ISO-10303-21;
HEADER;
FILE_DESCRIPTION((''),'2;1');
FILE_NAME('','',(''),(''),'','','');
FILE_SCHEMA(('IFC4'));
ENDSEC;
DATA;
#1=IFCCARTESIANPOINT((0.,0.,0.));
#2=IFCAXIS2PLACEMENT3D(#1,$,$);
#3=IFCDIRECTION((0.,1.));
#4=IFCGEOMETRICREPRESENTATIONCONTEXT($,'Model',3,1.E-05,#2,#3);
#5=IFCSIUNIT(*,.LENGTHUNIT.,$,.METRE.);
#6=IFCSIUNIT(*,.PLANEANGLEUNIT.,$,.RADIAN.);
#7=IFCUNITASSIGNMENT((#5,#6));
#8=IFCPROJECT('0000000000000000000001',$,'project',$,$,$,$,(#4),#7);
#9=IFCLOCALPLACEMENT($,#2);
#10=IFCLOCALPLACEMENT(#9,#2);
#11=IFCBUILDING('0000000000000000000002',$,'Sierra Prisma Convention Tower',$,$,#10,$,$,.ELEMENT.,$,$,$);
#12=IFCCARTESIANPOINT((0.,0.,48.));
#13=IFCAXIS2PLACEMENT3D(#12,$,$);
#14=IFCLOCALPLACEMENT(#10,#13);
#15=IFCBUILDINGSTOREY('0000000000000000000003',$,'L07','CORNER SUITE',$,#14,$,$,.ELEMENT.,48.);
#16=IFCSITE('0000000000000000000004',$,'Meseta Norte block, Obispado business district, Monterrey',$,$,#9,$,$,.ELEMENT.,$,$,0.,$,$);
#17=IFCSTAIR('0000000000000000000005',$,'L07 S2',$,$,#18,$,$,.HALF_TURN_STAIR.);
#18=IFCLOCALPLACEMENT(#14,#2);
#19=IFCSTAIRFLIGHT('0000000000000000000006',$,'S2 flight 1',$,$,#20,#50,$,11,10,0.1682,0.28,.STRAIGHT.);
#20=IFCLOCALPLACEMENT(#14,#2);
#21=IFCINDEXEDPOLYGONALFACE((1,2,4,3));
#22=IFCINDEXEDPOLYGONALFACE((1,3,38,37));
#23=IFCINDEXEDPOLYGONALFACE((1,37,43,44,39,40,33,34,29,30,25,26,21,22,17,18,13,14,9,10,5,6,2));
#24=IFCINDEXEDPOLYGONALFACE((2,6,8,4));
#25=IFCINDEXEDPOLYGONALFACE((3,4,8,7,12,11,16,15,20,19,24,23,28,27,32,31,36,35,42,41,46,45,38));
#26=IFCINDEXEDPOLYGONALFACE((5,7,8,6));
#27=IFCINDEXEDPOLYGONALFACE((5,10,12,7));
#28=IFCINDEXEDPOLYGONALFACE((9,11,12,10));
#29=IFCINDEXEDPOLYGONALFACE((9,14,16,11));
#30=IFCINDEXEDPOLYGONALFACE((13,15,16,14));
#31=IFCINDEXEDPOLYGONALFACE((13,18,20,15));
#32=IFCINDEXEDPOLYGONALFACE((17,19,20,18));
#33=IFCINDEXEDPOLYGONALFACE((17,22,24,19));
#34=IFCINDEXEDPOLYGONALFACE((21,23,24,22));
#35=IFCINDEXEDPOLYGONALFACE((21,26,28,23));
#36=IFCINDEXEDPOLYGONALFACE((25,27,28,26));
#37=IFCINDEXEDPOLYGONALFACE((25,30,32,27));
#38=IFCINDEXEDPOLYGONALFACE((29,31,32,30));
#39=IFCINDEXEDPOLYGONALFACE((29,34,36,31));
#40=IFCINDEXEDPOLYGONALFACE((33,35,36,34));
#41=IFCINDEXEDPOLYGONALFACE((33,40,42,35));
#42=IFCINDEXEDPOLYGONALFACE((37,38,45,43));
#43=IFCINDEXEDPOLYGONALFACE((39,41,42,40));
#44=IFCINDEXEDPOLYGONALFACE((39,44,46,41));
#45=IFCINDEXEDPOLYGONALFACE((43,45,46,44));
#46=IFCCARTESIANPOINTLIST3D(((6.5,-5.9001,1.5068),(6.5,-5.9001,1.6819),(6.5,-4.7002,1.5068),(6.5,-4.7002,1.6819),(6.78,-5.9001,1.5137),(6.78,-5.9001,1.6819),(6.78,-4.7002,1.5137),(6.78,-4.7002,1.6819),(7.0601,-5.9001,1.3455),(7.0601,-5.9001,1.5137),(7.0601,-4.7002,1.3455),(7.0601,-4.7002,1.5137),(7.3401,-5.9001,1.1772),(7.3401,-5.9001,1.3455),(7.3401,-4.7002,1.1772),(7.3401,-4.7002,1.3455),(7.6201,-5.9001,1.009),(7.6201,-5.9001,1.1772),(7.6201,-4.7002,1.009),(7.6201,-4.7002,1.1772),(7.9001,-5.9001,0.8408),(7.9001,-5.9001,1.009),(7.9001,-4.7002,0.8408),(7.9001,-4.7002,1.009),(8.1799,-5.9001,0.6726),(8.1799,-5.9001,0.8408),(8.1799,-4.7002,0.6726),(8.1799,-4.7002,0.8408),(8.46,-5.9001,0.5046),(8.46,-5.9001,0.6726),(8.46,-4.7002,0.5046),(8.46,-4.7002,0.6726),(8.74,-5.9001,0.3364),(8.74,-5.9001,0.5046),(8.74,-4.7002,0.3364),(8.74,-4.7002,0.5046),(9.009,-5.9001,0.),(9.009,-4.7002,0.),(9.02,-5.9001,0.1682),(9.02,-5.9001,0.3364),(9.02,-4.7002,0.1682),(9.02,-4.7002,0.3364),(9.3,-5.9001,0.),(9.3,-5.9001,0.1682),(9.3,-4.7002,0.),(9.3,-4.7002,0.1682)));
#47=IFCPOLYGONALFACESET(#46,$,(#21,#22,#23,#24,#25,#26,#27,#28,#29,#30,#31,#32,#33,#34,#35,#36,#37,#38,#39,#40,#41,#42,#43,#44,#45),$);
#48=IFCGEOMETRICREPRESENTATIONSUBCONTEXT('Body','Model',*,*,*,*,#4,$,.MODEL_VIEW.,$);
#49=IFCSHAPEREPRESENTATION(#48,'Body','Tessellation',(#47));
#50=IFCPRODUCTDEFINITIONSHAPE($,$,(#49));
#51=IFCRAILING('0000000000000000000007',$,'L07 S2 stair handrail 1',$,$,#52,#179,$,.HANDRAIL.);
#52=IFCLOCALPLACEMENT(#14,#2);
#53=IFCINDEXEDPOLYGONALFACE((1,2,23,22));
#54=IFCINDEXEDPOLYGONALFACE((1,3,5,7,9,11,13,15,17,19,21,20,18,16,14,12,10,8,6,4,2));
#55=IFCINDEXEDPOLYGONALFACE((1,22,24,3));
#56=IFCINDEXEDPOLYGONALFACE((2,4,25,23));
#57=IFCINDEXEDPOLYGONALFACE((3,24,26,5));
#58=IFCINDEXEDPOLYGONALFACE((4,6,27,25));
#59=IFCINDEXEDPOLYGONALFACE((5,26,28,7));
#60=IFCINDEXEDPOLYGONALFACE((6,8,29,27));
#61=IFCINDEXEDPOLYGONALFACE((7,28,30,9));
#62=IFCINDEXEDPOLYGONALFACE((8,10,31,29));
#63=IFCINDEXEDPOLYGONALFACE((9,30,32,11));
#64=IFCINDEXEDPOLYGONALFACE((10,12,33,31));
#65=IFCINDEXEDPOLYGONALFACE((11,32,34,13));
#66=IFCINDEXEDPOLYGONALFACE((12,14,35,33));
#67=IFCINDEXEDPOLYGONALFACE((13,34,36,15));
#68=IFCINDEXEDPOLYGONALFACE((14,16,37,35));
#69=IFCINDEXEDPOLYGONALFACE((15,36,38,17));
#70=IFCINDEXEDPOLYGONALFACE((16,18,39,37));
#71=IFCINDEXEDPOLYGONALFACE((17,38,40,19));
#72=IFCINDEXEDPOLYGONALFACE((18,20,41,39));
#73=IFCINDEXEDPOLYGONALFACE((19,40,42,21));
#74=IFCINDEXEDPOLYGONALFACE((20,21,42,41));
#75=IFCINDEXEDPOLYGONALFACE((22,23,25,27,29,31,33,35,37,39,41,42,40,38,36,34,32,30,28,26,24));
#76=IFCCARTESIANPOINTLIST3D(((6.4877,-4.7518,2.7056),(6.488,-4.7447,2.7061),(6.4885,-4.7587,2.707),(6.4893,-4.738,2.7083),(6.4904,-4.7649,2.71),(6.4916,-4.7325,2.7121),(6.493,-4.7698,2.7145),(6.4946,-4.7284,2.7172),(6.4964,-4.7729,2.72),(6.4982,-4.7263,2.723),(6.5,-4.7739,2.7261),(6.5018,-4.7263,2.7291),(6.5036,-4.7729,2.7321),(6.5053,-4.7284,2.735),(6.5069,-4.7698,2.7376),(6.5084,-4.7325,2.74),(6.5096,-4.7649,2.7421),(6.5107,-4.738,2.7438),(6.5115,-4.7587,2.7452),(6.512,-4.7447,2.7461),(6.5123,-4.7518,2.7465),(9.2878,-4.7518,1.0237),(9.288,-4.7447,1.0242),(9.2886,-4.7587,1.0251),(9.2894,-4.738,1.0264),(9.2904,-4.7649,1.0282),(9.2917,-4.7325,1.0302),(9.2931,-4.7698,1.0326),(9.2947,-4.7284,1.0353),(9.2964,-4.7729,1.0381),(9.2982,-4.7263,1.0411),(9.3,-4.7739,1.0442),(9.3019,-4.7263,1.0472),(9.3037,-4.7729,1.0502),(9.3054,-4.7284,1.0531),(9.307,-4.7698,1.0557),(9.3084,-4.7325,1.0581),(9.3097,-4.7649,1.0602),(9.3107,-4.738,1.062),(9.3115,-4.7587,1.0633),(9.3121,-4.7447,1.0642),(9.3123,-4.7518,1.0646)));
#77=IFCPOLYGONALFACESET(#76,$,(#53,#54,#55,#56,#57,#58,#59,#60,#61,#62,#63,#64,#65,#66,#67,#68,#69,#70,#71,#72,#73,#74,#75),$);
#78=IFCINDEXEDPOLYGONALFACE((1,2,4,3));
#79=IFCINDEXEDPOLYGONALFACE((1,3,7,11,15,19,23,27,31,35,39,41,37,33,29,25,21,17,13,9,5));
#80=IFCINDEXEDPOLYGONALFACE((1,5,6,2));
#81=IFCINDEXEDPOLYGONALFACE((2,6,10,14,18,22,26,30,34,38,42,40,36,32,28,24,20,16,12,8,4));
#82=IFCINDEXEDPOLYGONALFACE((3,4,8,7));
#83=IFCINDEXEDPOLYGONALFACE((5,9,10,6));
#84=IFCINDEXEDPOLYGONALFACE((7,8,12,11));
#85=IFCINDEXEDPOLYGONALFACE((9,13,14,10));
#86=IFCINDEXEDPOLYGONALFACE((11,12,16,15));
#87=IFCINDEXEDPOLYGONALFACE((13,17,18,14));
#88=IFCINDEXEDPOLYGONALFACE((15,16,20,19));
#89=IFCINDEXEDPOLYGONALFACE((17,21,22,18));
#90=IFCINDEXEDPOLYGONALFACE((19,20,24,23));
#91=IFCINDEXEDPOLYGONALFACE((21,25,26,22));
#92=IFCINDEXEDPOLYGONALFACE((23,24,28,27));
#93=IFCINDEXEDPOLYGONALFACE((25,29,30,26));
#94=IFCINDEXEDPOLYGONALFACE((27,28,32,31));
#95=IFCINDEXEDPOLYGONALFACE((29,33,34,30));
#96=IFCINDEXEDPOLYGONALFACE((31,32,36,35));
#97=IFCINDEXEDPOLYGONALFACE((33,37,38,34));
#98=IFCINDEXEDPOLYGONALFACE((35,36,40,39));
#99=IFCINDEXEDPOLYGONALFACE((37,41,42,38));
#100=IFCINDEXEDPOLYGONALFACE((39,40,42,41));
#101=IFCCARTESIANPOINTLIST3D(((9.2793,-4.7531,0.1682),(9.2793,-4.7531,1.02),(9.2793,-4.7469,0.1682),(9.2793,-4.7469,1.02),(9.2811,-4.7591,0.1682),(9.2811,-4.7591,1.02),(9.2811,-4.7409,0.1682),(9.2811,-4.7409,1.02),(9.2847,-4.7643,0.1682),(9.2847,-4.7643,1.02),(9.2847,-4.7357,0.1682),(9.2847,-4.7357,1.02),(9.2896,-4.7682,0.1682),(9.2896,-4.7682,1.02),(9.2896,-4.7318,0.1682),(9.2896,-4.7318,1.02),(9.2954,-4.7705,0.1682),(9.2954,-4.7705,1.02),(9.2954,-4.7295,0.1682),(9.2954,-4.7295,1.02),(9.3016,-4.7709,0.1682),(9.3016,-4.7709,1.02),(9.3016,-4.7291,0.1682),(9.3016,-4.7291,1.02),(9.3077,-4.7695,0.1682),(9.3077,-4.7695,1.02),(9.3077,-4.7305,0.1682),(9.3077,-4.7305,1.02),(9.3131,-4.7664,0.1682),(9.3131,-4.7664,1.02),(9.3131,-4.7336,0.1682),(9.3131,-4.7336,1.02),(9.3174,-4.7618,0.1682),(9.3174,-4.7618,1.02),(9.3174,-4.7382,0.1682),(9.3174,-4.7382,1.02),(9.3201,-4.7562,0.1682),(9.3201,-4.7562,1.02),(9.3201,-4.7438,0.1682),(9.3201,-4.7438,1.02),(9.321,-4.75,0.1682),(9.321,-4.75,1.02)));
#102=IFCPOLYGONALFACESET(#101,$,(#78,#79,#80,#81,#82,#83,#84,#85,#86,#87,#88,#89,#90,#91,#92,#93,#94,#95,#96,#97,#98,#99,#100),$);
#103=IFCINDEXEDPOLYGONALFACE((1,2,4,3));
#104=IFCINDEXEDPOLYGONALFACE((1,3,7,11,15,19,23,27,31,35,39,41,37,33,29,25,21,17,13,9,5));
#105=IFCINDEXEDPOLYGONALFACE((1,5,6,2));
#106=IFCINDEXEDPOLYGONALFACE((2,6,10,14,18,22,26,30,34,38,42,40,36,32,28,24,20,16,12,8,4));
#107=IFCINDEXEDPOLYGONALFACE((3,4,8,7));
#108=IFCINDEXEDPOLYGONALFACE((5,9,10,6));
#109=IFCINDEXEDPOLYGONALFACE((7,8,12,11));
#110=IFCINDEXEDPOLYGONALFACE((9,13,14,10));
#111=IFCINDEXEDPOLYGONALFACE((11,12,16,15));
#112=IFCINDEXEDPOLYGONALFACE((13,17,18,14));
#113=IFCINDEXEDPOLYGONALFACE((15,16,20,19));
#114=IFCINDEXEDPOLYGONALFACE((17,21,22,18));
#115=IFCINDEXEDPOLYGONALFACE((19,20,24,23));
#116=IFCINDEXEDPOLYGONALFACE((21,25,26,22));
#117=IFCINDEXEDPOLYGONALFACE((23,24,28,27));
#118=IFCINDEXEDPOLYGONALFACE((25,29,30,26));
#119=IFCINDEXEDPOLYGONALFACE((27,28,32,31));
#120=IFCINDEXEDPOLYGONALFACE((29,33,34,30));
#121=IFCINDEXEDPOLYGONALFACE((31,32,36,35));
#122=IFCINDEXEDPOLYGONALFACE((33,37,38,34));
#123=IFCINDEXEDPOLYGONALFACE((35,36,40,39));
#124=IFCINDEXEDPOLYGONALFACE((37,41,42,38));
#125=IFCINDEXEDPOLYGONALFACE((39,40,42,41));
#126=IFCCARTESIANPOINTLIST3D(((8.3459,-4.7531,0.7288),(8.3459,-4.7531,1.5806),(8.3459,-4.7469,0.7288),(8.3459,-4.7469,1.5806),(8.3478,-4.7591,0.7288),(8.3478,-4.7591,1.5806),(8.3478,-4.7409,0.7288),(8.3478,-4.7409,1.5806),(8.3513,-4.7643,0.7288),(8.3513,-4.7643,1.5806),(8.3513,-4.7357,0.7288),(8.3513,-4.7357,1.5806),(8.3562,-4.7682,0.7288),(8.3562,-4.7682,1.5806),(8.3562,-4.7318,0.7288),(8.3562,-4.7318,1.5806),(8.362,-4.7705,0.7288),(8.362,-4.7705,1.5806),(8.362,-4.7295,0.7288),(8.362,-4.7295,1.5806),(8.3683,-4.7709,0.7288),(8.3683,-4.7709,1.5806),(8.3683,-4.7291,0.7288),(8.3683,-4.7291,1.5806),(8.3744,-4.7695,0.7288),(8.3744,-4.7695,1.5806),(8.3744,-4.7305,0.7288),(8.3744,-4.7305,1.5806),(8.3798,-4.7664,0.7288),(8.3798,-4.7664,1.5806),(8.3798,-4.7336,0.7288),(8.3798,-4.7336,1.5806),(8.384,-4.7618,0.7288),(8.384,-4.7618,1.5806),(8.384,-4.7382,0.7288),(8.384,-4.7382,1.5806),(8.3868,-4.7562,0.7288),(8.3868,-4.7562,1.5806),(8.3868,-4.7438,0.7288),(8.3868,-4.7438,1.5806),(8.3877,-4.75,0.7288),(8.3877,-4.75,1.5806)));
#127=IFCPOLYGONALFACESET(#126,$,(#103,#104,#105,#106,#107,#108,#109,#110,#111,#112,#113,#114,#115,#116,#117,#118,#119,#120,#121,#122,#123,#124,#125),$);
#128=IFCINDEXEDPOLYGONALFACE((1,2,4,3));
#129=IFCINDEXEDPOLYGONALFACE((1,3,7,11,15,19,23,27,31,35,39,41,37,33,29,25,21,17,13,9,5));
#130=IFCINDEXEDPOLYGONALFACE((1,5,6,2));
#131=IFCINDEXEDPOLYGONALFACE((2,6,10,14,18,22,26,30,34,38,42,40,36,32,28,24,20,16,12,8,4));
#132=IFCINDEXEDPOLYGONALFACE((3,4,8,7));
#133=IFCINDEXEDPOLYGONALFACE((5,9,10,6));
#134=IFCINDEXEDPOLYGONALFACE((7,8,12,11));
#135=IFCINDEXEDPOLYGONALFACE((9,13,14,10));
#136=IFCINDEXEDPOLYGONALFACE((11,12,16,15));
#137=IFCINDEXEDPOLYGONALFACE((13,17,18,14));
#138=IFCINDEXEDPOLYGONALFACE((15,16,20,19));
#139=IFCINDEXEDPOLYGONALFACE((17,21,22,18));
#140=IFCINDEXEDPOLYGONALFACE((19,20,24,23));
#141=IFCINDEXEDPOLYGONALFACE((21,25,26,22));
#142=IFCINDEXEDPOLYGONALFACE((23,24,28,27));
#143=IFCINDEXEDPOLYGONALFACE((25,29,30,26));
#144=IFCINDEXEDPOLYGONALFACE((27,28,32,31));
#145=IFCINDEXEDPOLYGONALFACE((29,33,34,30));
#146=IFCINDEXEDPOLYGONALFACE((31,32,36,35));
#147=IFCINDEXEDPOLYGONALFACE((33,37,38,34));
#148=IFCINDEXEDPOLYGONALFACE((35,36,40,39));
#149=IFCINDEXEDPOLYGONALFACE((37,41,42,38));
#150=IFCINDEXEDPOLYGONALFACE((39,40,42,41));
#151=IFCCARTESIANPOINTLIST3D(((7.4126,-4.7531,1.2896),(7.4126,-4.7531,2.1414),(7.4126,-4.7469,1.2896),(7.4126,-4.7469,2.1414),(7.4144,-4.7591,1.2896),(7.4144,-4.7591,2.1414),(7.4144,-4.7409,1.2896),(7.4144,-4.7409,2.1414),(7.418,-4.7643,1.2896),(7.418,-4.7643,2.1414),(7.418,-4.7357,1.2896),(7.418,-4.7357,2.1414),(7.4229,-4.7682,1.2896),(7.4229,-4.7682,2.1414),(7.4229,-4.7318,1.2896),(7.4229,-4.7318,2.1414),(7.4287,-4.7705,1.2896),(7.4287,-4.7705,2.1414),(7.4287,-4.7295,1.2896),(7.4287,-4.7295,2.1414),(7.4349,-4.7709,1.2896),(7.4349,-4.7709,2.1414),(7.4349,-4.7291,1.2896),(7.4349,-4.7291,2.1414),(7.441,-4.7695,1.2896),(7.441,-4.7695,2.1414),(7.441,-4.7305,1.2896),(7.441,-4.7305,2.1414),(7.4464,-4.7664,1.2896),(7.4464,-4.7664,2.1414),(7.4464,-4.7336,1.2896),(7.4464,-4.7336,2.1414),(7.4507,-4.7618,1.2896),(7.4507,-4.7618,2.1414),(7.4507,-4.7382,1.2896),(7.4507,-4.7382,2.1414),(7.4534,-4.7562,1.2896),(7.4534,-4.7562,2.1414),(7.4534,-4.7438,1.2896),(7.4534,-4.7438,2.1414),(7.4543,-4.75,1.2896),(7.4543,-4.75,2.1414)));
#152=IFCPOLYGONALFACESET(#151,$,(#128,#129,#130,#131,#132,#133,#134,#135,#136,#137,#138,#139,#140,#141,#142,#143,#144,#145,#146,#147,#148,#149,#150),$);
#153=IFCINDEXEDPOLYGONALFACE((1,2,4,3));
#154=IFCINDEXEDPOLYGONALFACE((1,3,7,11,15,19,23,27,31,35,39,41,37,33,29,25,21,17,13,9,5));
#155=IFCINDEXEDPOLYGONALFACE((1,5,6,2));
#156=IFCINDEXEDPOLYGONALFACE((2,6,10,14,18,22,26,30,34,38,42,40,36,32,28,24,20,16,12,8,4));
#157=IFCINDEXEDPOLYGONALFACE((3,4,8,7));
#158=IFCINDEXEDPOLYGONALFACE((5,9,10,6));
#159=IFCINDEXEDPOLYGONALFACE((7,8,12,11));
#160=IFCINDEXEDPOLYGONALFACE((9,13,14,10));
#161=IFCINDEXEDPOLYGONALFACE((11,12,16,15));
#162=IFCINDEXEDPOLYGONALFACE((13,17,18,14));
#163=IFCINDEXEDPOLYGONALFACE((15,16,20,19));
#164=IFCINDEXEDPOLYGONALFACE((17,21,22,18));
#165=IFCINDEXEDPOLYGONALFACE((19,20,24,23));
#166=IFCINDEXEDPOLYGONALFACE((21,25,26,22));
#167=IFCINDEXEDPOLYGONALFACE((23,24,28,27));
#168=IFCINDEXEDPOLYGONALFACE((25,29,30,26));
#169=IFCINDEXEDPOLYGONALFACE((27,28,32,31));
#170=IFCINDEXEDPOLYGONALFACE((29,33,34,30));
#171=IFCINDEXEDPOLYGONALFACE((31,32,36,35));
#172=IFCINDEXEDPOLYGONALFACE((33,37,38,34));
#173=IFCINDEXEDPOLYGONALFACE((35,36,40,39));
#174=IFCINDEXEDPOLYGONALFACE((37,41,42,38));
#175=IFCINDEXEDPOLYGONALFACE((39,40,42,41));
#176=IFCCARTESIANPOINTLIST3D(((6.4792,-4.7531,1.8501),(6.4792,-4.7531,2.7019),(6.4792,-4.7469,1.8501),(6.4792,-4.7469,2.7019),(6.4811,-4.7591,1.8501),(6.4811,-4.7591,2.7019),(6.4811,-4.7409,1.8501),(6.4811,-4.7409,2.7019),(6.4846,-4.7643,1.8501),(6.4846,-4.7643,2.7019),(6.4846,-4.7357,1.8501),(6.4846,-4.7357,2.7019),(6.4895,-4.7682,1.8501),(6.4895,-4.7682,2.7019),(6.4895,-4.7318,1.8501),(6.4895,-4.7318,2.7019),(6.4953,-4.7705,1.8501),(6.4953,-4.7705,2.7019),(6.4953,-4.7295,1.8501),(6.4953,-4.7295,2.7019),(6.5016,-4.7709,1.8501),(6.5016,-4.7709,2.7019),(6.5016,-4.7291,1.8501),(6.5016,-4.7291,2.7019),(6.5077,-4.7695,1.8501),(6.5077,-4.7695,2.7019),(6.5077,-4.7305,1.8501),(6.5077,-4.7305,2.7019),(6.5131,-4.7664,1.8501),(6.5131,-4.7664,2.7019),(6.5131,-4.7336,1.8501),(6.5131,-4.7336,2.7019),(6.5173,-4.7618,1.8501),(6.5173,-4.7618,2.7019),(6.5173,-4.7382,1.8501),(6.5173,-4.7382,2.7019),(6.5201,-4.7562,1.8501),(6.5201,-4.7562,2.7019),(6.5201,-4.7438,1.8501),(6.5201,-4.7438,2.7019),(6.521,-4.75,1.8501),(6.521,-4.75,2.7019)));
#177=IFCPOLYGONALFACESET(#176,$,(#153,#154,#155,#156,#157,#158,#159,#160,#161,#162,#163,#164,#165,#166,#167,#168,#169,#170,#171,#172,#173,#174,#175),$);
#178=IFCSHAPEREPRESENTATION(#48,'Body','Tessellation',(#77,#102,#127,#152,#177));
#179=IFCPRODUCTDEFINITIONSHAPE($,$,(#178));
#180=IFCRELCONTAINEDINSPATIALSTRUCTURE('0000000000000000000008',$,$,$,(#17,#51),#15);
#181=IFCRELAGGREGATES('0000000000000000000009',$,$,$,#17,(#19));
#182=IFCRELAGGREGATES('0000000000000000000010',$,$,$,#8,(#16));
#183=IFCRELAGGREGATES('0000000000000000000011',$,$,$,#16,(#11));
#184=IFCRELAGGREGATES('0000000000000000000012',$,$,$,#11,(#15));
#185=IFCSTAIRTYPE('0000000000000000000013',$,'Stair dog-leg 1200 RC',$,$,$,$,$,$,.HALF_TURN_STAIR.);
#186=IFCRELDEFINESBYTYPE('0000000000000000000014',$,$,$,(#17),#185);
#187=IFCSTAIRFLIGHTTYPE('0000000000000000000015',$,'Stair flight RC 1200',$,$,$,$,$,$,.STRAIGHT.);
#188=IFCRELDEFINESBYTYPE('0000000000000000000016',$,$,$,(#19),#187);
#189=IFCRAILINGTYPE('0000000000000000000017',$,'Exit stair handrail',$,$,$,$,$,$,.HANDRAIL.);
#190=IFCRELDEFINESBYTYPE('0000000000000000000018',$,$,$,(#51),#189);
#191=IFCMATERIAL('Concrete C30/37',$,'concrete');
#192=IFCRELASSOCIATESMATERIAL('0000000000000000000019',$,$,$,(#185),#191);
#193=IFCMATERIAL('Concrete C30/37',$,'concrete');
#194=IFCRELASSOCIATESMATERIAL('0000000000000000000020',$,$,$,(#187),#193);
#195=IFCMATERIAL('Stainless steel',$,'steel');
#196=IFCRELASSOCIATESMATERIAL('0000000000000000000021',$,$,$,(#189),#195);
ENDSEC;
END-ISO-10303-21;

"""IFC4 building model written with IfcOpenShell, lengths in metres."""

from ifc_helpers import new_model, si_unit, direction, frame, origin, origin_2d, place, context, subcontext, project, spatial, polyline, circle, outline, extrude, material, type_object, element, aggregate, save


model = new_model("IFC4")

# Units and contexts
model_context = context("Model", 3, precision=1e-05, world=origin(), true_north=direction((0.0, 1.0)))
body_context = subcontext(model_context, "Body", "Model", "MODEL_VIEW")
ifc_project = project(units=[si_unit("LENGTHUNIT", "METRE"), si_unit("PLANEANGLEUNIT", "RADIAN")], contexts=[model_context])

# Site, building, storey
site_placement = place(None, origin())
site = spatial("IfcSite", under=ifc_project, at=site_placement, Name="Meseta Norte block, Obispado business district, Monterrey", CompositionType="ELEMENT", RefElevation=0.0)
building_placement = place(site_placement, origin())
building = spatial("IfcBuilding", under=site, at=building_placement, Name="Sierra Prisma Convention Tower", CompositionType="ELEMENT")
storey_placement = place(building_placement, frame((0.0, 0.0, 48.0)))
storey = spatial("IfcBuildingStorey", under=building, at=storey_placement, Name="L07", Description="CORNER SUITE", CompositionType="ELEMENT", Elevation=48.0)

# Stair, stair flight
ifc_material_1 = material(Name="Concrete C30/37", Category="concrete")
stair_type = type_object("IfcStairType", Name="Stair dog-leg 1200 RC", PredefinedType="HALF_TURN_STAIR", material=ifc_material_1)
stair_placement = place(storey_placement, origin())
stair = element("IfcStair", 1, at=stair_placement, inside=storey, type_object=stair_type, Name="L07 S2", PredefinedType="HALF_TURN_STAIR")
ifc_material_2 = material(Name="Concrete C30/37", Category="concrete")
stair_flight_type = type_object("IfcStairFlightType", Name="Stair flight RC 1200", PredefinedType="STRAIGHT", material=ifc_material_2)
stair_flight_placement = place(storey_placement, frame((9.3, -5.3, 0.0), z_axis=(0.0, 0.0, 1.0), x_axis=(-1.0, 0.0, 0.0)))
stair_flight = element("IfcStairFlight", 2, at=stair_flight_placement, type_object=stair_flight_type, Name="S2 flight 1", NumberOfRisers=11, NumberOfTreads=10, PredefinedType="STRAIGHT", RiserHeight=0.1682, TreadLength=0.28, context=body_context, shape_type="SweptSolid", body=[
    extrude(outline(polyline([(0.0, 0.0), (0.0, 0.1682), (0.28, 0.1682), (0.28, 0.3364), (0.5601, 0.3364), (0.5601, 0.5046), (0.8401, 0.5046), (0.8401, 0.6726), (1.1201, 0.6726), (1.1201, 0.8408), (1.3999, 0.8408), (1.3999, 1.009), (1.6799, 1.009), (1.6799, 1.1772), (1.96, 1.1772), (1.96, 1.3455), (2.24, 1.3455), (2.24, 1.5137), (2.52, 1.5137), (2.52, 1.6819), (2.8, 1.6819), (2.8, 1.8501), (2.8, 1.5068), (0.291, 0.0), (0.0, 0.0)])), frame((0.0, 0.6001, 0.0), z_axis=(0.0, -1.0, 0.0), x_axis=(1.0, 0.0, 0.0)), (0.0, 0.0, 1.0), 1.2),
])
aggregate(stair, [stair_flight])

# Railing
ifc_material_3 = material(Name="Stainless steel", Category="steel")
railing_type_1 = type_object("IfcRailingType", Name="Exit stair handrail", PredefinedType="HANDRAIL", material=ifc_material_3)
railing_1_placement = place(storey_placement, frame((9.3, -4.75, 0.1682)))
element("IfcRailing", 3, at=railing_1_placement, inside=storey, type_object=railing_type_1, Name="L07 S2 stair handrail 1", PredefinedType="HANDRAIL", context=body_context, shape_type="SweptSolid", body=[
    extrude(circle(Radius=0.0239, at=origin_2d()), frame((0.0, 0.0, 0.876), z_axis=(-0.857242, 0.0, 0.514913), x_axis=(0.0, -1.0, 0.0)), (0.0, 0.0, 1.0), 3.2664),
    extrude(circle(Radius=0.021, at=origin_2d()), origin(), (0.0, 0.0, 1.0), 0.8518),
    extrude(circle(Radius=0.021, at=origin_2d()), frame((-0.9333, 0.0, 0.5605)), (0.0, 0.0, 1.0), 0.8518),
    extrude(circle(Radius=0.021, at=origin_2d()), frame((-1.8667, 0.0, 1.1213)), (0.0, 0.0, 1.0), 0.8518),
    extrude(circle(Radius=0.021, at=origin_2d()), frame((-2.8, 0.0, 1.6819)), (0.0, 0.0, 1.0), 0.8518),
])

save(model, "model.ifc")
